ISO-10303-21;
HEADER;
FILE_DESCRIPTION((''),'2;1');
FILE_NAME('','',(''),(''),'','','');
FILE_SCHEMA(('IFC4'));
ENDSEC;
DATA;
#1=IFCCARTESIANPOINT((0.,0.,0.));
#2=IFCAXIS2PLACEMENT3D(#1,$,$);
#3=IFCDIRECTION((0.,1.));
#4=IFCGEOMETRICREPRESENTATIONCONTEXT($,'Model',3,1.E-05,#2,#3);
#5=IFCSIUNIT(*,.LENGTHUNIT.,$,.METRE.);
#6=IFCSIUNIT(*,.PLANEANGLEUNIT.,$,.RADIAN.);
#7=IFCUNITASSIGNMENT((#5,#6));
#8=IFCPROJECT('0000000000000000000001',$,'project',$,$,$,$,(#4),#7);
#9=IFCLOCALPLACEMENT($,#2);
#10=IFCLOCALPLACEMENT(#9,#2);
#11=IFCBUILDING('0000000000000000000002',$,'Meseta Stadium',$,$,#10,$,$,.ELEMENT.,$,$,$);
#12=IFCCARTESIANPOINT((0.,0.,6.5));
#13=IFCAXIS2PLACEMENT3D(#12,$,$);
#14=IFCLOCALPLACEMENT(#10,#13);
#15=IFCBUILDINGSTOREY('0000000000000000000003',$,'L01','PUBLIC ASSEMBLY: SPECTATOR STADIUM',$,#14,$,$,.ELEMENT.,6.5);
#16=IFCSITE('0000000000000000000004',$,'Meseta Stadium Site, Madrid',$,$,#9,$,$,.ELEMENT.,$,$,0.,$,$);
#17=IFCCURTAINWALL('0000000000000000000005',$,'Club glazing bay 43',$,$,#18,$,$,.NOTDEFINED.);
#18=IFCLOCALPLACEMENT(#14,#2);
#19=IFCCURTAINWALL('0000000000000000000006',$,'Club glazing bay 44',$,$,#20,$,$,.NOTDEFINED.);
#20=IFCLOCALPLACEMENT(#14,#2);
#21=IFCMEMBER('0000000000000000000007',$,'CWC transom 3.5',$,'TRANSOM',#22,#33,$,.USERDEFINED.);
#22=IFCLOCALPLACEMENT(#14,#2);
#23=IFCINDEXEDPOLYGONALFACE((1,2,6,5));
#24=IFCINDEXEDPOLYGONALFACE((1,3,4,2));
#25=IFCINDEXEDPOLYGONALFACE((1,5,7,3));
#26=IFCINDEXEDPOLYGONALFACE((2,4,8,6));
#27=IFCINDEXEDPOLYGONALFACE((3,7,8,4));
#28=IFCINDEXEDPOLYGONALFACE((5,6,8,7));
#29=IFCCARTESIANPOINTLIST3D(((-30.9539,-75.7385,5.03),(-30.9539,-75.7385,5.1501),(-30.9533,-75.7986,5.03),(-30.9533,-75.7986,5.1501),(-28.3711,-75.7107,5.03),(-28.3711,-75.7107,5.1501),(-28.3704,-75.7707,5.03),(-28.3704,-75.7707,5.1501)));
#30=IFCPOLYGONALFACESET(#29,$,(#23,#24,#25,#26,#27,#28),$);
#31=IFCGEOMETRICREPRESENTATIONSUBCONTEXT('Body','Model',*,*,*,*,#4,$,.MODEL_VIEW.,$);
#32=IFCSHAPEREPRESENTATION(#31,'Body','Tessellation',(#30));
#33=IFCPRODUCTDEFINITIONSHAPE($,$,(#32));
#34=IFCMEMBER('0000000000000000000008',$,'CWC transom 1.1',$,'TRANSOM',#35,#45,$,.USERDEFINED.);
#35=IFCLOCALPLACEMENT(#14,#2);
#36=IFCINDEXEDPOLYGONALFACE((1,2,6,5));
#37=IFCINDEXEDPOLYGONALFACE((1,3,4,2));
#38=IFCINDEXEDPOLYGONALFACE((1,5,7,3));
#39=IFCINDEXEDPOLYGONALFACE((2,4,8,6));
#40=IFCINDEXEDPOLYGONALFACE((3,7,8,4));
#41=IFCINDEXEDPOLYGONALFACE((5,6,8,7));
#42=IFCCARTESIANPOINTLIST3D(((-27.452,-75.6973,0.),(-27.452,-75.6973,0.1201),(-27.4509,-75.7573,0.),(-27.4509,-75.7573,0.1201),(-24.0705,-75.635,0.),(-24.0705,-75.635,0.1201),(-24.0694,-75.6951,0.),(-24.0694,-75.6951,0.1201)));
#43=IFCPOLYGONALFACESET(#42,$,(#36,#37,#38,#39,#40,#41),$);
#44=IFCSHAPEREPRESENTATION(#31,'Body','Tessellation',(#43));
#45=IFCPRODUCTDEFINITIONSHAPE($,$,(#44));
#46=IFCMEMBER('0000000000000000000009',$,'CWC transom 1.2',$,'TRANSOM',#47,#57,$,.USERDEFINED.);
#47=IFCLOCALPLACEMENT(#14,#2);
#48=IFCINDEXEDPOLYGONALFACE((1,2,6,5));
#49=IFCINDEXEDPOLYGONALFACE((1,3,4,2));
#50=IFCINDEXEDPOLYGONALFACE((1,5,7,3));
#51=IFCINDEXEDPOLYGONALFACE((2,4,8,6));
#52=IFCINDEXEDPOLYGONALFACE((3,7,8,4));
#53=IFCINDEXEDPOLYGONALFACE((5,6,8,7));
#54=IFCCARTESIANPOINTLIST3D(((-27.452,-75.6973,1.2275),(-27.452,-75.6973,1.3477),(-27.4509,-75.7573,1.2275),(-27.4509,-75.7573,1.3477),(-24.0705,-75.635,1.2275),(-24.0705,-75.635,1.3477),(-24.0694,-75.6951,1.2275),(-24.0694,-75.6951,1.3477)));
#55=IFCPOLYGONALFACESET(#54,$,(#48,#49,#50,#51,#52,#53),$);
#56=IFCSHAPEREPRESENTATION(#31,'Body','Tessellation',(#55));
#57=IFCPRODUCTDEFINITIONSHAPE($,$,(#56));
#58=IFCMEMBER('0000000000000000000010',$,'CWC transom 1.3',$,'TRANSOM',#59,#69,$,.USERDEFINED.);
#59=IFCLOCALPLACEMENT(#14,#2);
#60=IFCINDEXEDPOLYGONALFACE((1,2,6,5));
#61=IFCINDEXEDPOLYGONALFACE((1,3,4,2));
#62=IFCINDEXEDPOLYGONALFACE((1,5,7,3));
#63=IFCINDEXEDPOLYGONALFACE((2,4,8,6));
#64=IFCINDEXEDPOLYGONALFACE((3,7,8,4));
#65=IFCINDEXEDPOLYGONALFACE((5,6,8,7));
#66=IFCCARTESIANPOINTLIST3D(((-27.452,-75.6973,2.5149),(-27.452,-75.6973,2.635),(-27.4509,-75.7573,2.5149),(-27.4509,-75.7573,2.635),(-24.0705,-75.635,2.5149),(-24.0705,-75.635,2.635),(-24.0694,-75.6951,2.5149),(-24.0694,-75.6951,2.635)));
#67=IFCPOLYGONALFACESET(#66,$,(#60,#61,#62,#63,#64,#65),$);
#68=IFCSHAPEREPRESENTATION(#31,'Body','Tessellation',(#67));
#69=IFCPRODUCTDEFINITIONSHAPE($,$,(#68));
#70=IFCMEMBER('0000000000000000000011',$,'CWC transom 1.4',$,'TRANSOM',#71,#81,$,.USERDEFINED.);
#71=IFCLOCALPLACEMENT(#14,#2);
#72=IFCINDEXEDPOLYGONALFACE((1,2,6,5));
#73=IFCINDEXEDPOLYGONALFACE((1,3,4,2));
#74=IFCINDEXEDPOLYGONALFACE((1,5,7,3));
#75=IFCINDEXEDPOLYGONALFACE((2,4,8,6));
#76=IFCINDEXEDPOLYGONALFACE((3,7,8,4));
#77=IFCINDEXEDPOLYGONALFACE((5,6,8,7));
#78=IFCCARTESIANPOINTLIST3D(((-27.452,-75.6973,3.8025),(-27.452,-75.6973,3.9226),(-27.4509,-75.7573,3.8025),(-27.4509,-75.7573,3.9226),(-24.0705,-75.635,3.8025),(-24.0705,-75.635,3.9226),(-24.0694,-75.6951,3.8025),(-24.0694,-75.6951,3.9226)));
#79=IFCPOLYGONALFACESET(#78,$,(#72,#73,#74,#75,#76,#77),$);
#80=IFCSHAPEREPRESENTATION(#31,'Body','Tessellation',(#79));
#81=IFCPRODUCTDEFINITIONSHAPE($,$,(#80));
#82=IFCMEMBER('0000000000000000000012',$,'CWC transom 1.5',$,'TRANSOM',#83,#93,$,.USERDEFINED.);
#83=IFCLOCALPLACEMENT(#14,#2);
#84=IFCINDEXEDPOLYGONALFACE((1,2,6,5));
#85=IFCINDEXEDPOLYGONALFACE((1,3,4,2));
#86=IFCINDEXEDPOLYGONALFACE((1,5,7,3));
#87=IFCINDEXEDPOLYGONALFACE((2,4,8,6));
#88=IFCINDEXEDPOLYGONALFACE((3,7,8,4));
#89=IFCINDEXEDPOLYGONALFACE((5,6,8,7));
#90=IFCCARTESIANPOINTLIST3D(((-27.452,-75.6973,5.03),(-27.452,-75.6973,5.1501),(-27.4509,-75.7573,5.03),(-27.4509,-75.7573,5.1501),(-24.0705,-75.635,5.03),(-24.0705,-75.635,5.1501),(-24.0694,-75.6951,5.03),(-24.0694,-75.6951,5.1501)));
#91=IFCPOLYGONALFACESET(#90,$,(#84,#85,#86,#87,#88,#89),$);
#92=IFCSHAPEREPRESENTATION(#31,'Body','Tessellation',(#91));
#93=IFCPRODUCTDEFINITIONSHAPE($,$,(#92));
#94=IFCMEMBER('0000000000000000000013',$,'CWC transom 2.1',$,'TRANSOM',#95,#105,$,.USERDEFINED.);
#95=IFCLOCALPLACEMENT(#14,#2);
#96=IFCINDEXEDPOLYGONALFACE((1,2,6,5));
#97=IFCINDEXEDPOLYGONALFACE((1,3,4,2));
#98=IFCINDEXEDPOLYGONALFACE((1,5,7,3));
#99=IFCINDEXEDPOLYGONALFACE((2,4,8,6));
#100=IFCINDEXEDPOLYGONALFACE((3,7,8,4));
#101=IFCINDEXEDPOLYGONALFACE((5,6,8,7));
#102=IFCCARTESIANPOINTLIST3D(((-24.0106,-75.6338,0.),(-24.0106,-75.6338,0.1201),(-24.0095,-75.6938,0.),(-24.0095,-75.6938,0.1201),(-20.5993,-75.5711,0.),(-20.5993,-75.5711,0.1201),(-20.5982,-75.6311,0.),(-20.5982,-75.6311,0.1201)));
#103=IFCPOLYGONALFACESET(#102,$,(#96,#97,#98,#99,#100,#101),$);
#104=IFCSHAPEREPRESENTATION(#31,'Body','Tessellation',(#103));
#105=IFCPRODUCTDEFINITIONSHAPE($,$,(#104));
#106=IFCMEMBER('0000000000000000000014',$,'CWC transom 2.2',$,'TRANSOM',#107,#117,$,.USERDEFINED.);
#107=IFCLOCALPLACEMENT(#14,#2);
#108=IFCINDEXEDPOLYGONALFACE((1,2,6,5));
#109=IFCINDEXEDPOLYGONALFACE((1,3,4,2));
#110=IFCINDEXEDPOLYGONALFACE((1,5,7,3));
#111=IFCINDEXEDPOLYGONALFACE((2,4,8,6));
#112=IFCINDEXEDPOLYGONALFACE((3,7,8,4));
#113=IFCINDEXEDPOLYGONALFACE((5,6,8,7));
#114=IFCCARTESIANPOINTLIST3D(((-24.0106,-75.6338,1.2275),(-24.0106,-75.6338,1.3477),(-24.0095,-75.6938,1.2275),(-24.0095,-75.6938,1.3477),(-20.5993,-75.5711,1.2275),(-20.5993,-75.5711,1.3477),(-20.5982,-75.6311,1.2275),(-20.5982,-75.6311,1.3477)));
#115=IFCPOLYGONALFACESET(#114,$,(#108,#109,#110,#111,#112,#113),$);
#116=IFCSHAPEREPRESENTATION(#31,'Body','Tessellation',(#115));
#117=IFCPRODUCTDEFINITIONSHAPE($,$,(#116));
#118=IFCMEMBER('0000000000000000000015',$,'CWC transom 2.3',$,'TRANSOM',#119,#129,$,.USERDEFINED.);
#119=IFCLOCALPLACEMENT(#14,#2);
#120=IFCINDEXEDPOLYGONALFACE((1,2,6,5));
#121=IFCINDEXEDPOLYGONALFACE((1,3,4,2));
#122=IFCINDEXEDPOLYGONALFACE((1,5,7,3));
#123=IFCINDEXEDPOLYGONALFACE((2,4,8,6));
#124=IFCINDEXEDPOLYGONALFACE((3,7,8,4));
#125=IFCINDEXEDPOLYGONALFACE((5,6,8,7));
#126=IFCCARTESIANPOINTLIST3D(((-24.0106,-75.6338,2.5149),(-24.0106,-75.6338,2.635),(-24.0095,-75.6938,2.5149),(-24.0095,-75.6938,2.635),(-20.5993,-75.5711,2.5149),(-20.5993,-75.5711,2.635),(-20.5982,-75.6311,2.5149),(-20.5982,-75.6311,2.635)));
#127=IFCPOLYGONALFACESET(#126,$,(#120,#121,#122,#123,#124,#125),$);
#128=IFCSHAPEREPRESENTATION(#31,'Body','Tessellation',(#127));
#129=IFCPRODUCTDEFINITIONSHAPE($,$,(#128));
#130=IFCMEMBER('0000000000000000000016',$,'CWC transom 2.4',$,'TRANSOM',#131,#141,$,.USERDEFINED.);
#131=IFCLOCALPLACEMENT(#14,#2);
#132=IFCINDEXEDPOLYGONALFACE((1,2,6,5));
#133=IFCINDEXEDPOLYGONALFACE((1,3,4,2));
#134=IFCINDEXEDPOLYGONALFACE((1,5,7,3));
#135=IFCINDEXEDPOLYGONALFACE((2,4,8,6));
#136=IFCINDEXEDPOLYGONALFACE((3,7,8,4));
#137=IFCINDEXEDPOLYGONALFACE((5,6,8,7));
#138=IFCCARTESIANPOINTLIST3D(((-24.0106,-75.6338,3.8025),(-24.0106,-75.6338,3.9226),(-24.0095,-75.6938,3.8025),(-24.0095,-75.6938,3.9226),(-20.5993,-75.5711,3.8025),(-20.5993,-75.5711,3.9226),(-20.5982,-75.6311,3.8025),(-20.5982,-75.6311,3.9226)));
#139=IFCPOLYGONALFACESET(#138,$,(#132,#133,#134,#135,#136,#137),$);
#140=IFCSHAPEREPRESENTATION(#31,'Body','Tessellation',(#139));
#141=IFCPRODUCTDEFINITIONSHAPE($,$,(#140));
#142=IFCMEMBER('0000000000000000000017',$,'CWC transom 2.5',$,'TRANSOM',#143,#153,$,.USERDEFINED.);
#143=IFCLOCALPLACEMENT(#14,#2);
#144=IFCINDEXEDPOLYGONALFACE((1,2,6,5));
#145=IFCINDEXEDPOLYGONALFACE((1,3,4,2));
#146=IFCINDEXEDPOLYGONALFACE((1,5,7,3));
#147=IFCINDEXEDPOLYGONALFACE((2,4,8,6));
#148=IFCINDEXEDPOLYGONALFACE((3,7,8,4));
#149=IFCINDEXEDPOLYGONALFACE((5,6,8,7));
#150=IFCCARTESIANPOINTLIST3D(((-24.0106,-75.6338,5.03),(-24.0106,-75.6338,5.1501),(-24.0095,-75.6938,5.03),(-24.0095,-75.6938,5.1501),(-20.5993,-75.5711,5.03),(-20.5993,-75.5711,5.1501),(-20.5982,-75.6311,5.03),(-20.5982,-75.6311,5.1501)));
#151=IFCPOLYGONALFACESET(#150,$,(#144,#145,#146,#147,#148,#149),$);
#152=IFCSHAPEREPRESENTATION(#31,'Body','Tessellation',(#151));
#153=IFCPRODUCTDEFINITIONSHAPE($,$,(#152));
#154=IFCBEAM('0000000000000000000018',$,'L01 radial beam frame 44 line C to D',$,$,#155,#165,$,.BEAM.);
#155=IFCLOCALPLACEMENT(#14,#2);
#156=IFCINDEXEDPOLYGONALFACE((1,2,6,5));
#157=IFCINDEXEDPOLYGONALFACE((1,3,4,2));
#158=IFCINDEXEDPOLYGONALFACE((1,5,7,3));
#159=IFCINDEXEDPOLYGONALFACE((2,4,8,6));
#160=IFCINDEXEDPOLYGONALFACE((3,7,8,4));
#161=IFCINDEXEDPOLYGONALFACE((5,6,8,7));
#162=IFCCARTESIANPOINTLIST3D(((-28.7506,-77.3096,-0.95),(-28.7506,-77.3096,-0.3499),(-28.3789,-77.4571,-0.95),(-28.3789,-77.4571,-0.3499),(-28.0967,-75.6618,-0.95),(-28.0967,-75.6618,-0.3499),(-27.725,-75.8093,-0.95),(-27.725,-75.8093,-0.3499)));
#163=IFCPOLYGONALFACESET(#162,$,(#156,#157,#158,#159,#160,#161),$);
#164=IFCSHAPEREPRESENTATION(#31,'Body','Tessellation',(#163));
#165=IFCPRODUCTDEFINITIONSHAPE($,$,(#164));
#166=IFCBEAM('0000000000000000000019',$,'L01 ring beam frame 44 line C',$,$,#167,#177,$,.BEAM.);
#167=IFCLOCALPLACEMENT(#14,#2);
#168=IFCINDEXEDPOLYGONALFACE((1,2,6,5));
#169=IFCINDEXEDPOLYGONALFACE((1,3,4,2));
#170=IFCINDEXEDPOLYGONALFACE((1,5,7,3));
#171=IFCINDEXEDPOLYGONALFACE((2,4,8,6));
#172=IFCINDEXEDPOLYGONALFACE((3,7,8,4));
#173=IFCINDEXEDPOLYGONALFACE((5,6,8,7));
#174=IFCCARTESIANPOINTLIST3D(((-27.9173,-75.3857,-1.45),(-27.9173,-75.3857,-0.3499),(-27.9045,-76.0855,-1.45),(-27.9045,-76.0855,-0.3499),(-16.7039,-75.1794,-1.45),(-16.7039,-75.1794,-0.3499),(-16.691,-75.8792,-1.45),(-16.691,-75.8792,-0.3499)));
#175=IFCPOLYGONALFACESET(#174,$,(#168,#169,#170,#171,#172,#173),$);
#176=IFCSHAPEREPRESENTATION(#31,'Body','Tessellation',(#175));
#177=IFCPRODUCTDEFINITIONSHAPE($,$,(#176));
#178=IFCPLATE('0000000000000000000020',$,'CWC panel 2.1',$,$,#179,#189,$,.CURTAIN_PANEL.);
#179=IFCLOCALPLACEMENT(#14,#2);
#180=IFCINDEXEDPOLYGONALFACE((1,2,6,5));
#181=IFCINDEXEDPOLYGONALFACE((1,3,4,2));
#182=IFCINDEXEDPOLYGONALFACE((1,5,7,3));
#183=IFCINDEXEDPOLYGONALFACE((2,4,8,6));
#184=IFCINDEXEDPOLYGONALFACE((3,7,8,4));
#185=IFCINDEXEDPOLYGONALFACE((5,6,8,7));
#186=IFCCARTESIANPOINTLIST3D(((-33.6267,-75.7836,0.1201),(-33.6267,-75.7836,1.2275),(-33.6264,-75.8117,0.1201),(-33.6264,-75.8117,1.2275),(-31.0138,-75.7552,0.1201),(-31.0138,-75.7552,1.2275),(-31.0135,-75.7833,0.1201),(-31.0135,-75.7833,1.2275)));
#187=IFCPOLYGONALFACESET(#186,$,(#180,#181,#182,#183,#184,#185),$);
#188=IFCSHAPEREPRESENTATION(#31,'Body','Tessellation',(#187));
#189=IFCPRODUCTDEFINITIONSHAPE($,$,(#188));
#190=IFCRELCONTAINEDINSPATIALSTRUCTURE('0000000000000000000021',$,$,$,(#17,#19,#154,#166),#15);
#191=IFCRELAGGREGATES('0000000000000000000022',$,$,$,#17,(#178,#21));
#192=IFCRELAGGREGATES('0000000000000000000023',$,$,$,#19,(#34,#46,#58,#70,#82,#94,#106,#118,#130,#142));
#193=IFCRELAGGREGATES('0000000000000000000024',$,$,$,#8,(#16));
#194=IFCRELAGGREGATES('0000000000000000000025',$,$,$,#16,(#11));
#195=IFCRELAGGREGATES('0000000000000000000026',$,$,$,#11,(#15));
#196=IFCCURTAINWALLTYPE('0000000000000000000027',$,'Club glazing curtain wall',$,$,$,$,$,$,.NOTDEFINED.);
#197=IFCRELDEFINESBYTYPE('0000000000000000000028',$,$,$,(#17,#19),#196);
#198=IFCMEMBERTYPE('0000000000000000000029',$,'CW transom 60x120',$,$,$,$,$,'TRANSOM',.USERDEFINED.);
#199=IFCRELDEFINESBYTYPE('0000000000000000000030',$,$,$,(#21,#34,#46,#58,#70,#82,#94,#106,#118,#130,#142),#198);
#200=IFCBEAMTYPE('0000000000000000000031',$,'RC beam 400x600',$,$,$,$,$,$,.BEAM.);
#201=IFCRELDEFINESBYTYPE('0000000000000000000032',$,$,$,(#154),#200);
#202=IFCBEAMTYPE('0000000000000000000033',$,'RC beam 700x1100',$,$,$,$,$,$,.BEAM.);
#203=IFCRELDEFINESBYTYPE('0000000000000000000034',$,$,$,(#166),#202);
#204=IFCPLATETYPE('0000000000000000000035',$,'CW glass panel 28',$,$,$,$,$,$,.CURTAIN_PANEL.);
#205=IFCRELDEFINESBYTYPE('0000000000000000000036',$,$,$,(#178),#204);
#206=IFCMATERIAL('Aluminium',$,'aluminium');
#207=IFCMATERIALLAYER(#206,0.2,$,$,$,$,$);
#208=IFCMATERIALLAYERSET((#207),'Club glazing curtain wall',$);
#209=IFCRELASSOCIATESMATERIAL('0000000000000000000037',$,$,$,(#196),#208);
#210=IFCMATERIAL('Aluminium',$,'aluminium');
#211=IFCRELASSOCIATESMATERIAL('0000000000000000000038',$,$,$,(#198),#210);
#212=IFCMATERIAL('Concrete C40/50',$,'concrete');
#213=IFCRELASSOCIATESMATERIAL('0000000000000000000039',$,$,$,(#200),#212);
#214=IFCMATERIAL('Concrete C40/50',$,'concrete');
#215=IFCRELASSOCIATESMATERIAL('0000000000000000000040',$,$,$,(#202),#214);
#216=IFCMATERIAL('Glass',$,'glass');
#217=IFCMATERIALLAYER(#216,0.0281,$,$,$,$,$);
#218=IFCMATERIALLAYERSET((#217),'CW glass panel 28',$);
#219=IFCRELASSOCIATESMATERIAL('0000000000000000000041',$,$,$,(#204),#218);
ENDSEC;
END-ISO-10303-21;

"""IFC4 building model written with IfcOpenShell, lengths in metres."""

from ifc_helpers import new_model, si_unit, direction, frame, origin, origin_2d, place, context, subcontext, project, spatial, rectangle, extrude, material, layer, layer_set, material_profile, profile_set, type_object, element, aggregate, save


model = new_model("IFC4")

# Units and contexts
model_context = context("Model", 3, precision=1e-05, world=origin(), true_north=direction((0.0, 1.0)))
body_context = subcontext(model_context, "Body", "Model", "MODEL_VIEW")
ifc_project = project(units=[si_unit("LENGTHUNIT", "METRE"), si_unit("PLANEANGLEUNIT", "RADIAN")], contexts=[model_context])

# Site, building, storey
site_placement = place(None, origin())
site = spatial("IfcSite", under=ifc_project, at=site_placement, Name="Meseta Stadium Site, Madrid", CompositionType="ELEMENT", RefElevation=0.0)
building_placement = place(site_placement, origin())
building = spatial("IfcBuilding", under=site, at=building_placement, Name="Meseta Stadium", CompositionType="ELEMENT")
storey_placement = place(building_placement, frame((0.0, 0.0, 6.5)))
storey = spatial("IfcBuildingStorey", under=building, at=storey_placement, Name="L01", Description="PUBLIC ASSEMBLY: SPECTATOR STADIUM", CompositionType="ELEMENT", Elevation=6.5)

# Curtain walls
ifc_material_1 = material(Name="Aluminium", Category="aluminium")
ifc_layer_1 = layer(ifc_material_1, 0.2)
ifc_layer_set_1 = layer_set([ifc_layer_1], Name="Club glazing curtain wall")
curtain_wall_type = type_object("IfcCurtainWallType", Name="Club glazing curtain wall", PredefinedType="NOTDEFINED", material=ifc_layer_set_1)
curtain_wall_1_placement = place(storey_placement, origin())
curtain_wall_1 = element("IfcCurtainWall", 1, at=curtain_wall_1_placement, inside=storey, type_object=curtain_wall_type, Name="Club glazing bay 43", PredefinedType="NOTDEFINED")
curtain_wall_2_placement = place(storey_placement, origin())
curtain_wall_2 = element("IfcCurtainWall", 2, at=curtain_wall_2_placement, inside=storey, type_object=curtain_wall_type, Name="Club glazing bay 44", PredefinedType="NOTDEFINED")

# Members
ifc_material_2 = material(Name="Aluminium", Category="aluminium")
ifc_material_profile_1 = material_profile(ifc_material_2, rectangle(XDim=0.0601, YDim=0.1201, at=origin_2d()), Name="CW 60x120")
ifc_profile_set_1 = profile_set([ifc_material_profile_1], Name="Aluminium")
member_type_1 = type_object("IfcMemberType", Name="CW transom 60x120", ElementType="TRANSOM", PredefinedType="USERDEFINED", material=ifc_profile_set_1)
member_1_placement = place(storey_placement, frame((-30.9536, -75.7686, 5.0901), z_axis=(0.999942, 0.010775, 0.0), x_axis=(-0.010775, 0.999942, 0.0)))
member_1 = element("IfcMember", 3, at=member_1_placement, type_object=member_type_1, Name="CWC transom 3.5", ObjectType="TRANSOM", PredefinedType="USERDEFINED", context=body_context, shape_type="SweptSolid", body=[
    extrude(rectangle(XDim=0.0601, YDim=0.1201, at=origin_2d()), origin(), (0.0, 0.0, 1.0), 2.583),
])
member_2_placement = place(storey_placement, frame((-27.4514, -75.7273, 0.0601), z_axis=(0.999831, 0.018407, 0.0), x_axis=(-0.018407, 0.999831, 0.0)))
member_2 = element("IfcMember", 4, at=member_2_placement, type_object=member_type_1, Name="CWC transom 1.1", ObjectType="TRANSOM", PredefinedType="USERDEFINED", context=body_context, shape_type="SweptSolid", body=[
    extrude(rectangle(XDim=0.0601, YDim=0.1201, at=origin_2d()), origin(), (0.0, 0.0, 1.0), 3.3821),
])
member_3_placement = place(storey_placement, frame((-27.4514, -75.7273, 1.2876), z_axis=(0.999831, 0.018407, 0.0), x_axis=(-0.018407, 0.999831, 0.0)))
member_3 = element("IfcMember", 5, at=member_3_placement, type_object=member_type_1, Name="CWC transom 1.2", ObjectType="TRANSOM", PredefinedType="USERDEFINED", context=body_context, shape_type="SweptSolid", body=[
    extrude(rectangle(XDim=0.0601, YDim=0.1201, at=origin_2d()), origin(), (0.0, 0.0, 1.0), 3.3821),
])
member_4_placement = place(storey_placement, frame((-27.4514, -75.7273, 2.575), z_axis=(0.999831, 0.018407, 0.0), x_axis=(-0.018407, 0.999831, 0.0)))
member_4 = element("IfcMember", 6, at=member_4_placement, type_object=member_type_1, Name="CWC transom 1.3", ObjectType="TRANSOM", PredefinedType="USERDEFINED", context=body_context, shape_type="SweptSolid", body=[
    extrude(rectangle(XDim=0.0601, YDim=0.1201, at=origin_2d()), origin(), (0.0, 0.0, 1.0), 3.3821),
])
member_5_placement = place(storey_placement, frame((-27.4514, -75.7273, 3.8625), z_axis=(0.999831, 0.018407, 0.0), x_axis=(-0.018407, 0.999831, 0.0)))
member_5 = element("IfcMember", 7, at=member_5_placement, type_object=member_type_1, Name="CWC transom 1.4", ObjectType="TRANSOM", PredefinedType="USERDEFINED", context=body_context, shape_type="SweptSolid", body=[
    extrude(rectangle(XDim=0.0601, YDim=0.1201, at=origin_2d()), origin(), (0.0, 0.0, 1.0), 3.3821),
])
member_6_placement = place(storey_placement, frame((-27.4514, -75.7273, 5.0901), z_axis=(0.999831, 0.018407, 0.0), x_axis=(-0.018407, 0.999831, 0.0)))
member_6 = element("IfcMember", 8, at=member_6_placement, type_object=member_type_1, Name="CWC transom 1.5", ObjectType="TRANSOM", PredefinedType="USERDEFINED", context=body_context, shape_type="SweptSolid", body=[
    extrude(rectangle(XDim=0.0601, YDim=0.1201, at=origin_2d()), origin(), (0.0, 0.0, 1.0), 3.3821),
])
member_7_placement = place(storey_placement, frame((-24.01, -75.6638, 0.0601), z_axis=(0.999831, 0.01839, 0.0), x_axis=(-0.01839, 0.999831, 0.0)))
member_7 = element("IfcMember", 9, at=member_7_placement, type_object=member_type_1, Name="CWC transom 2.1", ObjectType="TRANSOM", PredefinedType="USERDEFINED", context=body_context, shape_type="SweptSolid", body=[
    extrude(rectangle(XDim=0.0601, YDim=0.1201, at=origin_2d()), origin(), (0.0, 0.0, 1.0), 3.4119),
])
member_8_placement = place(storey_placement, frame((-24.01, -75.6638, 1.2876), z_axis=(0.999831, 0.01839, 0.0), x_axis=(-0.01839, 0.999831, 0.0)))
member_8 = element("IfcMember", 10, at=member_8_placement, type_object=member_type_1, Name="CWC transom 2.2", ObjectType="TRANSOM", PredefinedType="USERDEFINED", context=body_context, shape_type="SweptSolid", body=[
    extrude(rectangle(XDim=0.0601, YDim=0.1201, at=origin_2d()), origin(), (0.0, 0.0, 1.0), 3.4119),
])
member_9_placement = place(storey_placement, frame((-24.01, -75.6638, 2.575), z_axis=(0.999831, 0.01839, 0.0), x_axis=(-0.01839, 0.999831, 0.0)))
member_9 = element("IfcMember", 11, at=member_9_placement, type_object=member_type_1, Name="CWC transom 2.3", ObjectType="TRANSOM", PredefinedType="USERDEFINED", context=body_context, shape_type="SweptSolid", body=[
    extrude(rectangle(XDim=0.0601, YDim=0.1201, at=origin_2d()), origin(), (0.0, 0.0, 1.0), 3.4119),
])
member_10_placement = place(storey_placement, frame((-24.01, -75.6638, 3.8625), z_axis=(0.999831, 0.01839, 0.0), x_axis=(-0.01839, 0.999831, 0.0)))
member_10 = element("IfcMember", 12, at=member_10_placement, type_object=member_type_1, Name="CWC transom 2.4", ObjectType="TRANSOM", PredefinedType="USERDEFINED", context=body_context, shape_type="SweptSolid", body=[
    extrude(rectangle(XDim=0.0601, YDim=0.1201, at=origin_2d()), origin(), (0.0, 0.0, 1.0), 3.4119),
])
member_11_placement = place(storey_placement, frame((-24.01, -75.6638, 5.0901), z_axis=(0.999831, 0.01839, 0.0), x_axis=(-0.01839, 0.999831, 0.0)))
member_11 = element("IfcMember", 13, at=member_11_placement, type_object=member_type_1, Name="CWC transom 2.5", ObjectType="TRANSOM", PredefinedType="USERDEFINED", context=body_context, shape_type="SweptSolid", body=[
    extrude(rectangle(XDim=0.0601, YDim=0.1201, at=origin_2d()), origin(), (0.0, 0.0, 1.0), 3.4119),
])

# Beams
ifc_material_3 = material(Name="Concrete C40/50", Category="concrete")
ifc_material_profile_2 = material_profile(ifc_material_3, rectangle(XDim=0.3999, YDim=0.6001, at=origin_2d()), Name="RC 400x600")
ifc_profile_set_2 = profile_set([ifc_material_profile_2], Name="Concrete C40/50")
beam_type_1 = type_object("IfcBeamType", Name="RC beam 400x600", PredefinedType="BEAM", material=ifc_profile_set_2)
beam_1_placement = place(storey_placement, frame((-27.9109, -75.7356, -0.6499), z_axis=(-0.368825, -0.929499, 0.0), x_axis=(0.929499, -0.368825, 0.0)))
element("IfcBeam", 14, at=beam_1_placement, inside=storey, type_object=beam_type_1, Name="L01 radial beam frame 44 line C to D", PredefinedType="BEAM", context=body_context, shape_type="SweptSolid", body=[
    extrude(rectangle(XDim=0.3999, YDim=0.6001, at=origin_2d()), origin(), (0.0, 0.0, 1.0), 1.7727),
])
ifc_material_4 = material(Name="Concrete C40/50", Category="concrete")
ifc_material_profile_3 = material_profile(ifc_material_4, rectangle(XDim=0.7, YDim=1.1001, at=origin_2d()), Name="RC 700x1100")
ifc_profile_set_3 = profile_set([ifc_material_profile_3], Name="Concrete C40/50")
beam_type_2 = type_object("IfcBeamType", Name="RC beam 700x1100", PredefinedType="BEAM", material=ifc_profile_set_3)
beam_2_placement = place(storey_placement, frame((-27.9109, -75.7356, -0.8999), z_axis=(0.999831, 0.018394, 0.0), x_axis=(-0.018394, 0.999831, 0.0)))
element("IfcBeam", 15, at=beam_2_placement, inside=storey, type_object=beam_type_2, Name="L01 ring beam frame 44 line C", PredefinedType="BEAM", context=body_context, shape_type="SweptSolid", body=[
    extrude(rectangle(XDim=0.7, YDim=1.1001, at=origin_2d()), origin(), (0.0, 0.0, 1.0), 11.2153),
])

# Plate
ifc_material_5 = material(Name="Glass", Category="glass")
ifc_layer_2 = layer(ifc_material_5, 0.0281)
ifc_layer_set_2 = layer_set([ifc_layer_2], Name="CW glass panel 28")
plate_type = type_object("IfcPlateType", Name="CW glass panel 28", PredefinedType="CURTAIN_PANEL", material=ifc_layer_set_2)
plate_1_placement = place(storey_placement, frame((-32.3201, -75.7834, 0.1201), z_axis=(0.0, 0.0, 1.0), x_axis=(0.999941, 0.010843, 0.0)))
plate_1 = element("IfcPlate", 16, at=plate_1_placement, type_object=plate_type, Name="CWC panel 2.1", PredefinedType="CURTAIN_PANEL", context=body_context, shape_type="SweptSolid", body=[
    extrude(rectangle(XDim=2.613, YDim=0.0281, at=origin_2d()), origin(), (0.0, 0.0, 1.0), 1.1074),
])
aggregate(curtain_wall_1, [plate_1, member_1])
aggregate(curtain_wall_2, [member_2, member_3, member_4, member_5, member_6, member_7, member_8, member_9, member_10, member_11])

save(model, "model.ifc")
